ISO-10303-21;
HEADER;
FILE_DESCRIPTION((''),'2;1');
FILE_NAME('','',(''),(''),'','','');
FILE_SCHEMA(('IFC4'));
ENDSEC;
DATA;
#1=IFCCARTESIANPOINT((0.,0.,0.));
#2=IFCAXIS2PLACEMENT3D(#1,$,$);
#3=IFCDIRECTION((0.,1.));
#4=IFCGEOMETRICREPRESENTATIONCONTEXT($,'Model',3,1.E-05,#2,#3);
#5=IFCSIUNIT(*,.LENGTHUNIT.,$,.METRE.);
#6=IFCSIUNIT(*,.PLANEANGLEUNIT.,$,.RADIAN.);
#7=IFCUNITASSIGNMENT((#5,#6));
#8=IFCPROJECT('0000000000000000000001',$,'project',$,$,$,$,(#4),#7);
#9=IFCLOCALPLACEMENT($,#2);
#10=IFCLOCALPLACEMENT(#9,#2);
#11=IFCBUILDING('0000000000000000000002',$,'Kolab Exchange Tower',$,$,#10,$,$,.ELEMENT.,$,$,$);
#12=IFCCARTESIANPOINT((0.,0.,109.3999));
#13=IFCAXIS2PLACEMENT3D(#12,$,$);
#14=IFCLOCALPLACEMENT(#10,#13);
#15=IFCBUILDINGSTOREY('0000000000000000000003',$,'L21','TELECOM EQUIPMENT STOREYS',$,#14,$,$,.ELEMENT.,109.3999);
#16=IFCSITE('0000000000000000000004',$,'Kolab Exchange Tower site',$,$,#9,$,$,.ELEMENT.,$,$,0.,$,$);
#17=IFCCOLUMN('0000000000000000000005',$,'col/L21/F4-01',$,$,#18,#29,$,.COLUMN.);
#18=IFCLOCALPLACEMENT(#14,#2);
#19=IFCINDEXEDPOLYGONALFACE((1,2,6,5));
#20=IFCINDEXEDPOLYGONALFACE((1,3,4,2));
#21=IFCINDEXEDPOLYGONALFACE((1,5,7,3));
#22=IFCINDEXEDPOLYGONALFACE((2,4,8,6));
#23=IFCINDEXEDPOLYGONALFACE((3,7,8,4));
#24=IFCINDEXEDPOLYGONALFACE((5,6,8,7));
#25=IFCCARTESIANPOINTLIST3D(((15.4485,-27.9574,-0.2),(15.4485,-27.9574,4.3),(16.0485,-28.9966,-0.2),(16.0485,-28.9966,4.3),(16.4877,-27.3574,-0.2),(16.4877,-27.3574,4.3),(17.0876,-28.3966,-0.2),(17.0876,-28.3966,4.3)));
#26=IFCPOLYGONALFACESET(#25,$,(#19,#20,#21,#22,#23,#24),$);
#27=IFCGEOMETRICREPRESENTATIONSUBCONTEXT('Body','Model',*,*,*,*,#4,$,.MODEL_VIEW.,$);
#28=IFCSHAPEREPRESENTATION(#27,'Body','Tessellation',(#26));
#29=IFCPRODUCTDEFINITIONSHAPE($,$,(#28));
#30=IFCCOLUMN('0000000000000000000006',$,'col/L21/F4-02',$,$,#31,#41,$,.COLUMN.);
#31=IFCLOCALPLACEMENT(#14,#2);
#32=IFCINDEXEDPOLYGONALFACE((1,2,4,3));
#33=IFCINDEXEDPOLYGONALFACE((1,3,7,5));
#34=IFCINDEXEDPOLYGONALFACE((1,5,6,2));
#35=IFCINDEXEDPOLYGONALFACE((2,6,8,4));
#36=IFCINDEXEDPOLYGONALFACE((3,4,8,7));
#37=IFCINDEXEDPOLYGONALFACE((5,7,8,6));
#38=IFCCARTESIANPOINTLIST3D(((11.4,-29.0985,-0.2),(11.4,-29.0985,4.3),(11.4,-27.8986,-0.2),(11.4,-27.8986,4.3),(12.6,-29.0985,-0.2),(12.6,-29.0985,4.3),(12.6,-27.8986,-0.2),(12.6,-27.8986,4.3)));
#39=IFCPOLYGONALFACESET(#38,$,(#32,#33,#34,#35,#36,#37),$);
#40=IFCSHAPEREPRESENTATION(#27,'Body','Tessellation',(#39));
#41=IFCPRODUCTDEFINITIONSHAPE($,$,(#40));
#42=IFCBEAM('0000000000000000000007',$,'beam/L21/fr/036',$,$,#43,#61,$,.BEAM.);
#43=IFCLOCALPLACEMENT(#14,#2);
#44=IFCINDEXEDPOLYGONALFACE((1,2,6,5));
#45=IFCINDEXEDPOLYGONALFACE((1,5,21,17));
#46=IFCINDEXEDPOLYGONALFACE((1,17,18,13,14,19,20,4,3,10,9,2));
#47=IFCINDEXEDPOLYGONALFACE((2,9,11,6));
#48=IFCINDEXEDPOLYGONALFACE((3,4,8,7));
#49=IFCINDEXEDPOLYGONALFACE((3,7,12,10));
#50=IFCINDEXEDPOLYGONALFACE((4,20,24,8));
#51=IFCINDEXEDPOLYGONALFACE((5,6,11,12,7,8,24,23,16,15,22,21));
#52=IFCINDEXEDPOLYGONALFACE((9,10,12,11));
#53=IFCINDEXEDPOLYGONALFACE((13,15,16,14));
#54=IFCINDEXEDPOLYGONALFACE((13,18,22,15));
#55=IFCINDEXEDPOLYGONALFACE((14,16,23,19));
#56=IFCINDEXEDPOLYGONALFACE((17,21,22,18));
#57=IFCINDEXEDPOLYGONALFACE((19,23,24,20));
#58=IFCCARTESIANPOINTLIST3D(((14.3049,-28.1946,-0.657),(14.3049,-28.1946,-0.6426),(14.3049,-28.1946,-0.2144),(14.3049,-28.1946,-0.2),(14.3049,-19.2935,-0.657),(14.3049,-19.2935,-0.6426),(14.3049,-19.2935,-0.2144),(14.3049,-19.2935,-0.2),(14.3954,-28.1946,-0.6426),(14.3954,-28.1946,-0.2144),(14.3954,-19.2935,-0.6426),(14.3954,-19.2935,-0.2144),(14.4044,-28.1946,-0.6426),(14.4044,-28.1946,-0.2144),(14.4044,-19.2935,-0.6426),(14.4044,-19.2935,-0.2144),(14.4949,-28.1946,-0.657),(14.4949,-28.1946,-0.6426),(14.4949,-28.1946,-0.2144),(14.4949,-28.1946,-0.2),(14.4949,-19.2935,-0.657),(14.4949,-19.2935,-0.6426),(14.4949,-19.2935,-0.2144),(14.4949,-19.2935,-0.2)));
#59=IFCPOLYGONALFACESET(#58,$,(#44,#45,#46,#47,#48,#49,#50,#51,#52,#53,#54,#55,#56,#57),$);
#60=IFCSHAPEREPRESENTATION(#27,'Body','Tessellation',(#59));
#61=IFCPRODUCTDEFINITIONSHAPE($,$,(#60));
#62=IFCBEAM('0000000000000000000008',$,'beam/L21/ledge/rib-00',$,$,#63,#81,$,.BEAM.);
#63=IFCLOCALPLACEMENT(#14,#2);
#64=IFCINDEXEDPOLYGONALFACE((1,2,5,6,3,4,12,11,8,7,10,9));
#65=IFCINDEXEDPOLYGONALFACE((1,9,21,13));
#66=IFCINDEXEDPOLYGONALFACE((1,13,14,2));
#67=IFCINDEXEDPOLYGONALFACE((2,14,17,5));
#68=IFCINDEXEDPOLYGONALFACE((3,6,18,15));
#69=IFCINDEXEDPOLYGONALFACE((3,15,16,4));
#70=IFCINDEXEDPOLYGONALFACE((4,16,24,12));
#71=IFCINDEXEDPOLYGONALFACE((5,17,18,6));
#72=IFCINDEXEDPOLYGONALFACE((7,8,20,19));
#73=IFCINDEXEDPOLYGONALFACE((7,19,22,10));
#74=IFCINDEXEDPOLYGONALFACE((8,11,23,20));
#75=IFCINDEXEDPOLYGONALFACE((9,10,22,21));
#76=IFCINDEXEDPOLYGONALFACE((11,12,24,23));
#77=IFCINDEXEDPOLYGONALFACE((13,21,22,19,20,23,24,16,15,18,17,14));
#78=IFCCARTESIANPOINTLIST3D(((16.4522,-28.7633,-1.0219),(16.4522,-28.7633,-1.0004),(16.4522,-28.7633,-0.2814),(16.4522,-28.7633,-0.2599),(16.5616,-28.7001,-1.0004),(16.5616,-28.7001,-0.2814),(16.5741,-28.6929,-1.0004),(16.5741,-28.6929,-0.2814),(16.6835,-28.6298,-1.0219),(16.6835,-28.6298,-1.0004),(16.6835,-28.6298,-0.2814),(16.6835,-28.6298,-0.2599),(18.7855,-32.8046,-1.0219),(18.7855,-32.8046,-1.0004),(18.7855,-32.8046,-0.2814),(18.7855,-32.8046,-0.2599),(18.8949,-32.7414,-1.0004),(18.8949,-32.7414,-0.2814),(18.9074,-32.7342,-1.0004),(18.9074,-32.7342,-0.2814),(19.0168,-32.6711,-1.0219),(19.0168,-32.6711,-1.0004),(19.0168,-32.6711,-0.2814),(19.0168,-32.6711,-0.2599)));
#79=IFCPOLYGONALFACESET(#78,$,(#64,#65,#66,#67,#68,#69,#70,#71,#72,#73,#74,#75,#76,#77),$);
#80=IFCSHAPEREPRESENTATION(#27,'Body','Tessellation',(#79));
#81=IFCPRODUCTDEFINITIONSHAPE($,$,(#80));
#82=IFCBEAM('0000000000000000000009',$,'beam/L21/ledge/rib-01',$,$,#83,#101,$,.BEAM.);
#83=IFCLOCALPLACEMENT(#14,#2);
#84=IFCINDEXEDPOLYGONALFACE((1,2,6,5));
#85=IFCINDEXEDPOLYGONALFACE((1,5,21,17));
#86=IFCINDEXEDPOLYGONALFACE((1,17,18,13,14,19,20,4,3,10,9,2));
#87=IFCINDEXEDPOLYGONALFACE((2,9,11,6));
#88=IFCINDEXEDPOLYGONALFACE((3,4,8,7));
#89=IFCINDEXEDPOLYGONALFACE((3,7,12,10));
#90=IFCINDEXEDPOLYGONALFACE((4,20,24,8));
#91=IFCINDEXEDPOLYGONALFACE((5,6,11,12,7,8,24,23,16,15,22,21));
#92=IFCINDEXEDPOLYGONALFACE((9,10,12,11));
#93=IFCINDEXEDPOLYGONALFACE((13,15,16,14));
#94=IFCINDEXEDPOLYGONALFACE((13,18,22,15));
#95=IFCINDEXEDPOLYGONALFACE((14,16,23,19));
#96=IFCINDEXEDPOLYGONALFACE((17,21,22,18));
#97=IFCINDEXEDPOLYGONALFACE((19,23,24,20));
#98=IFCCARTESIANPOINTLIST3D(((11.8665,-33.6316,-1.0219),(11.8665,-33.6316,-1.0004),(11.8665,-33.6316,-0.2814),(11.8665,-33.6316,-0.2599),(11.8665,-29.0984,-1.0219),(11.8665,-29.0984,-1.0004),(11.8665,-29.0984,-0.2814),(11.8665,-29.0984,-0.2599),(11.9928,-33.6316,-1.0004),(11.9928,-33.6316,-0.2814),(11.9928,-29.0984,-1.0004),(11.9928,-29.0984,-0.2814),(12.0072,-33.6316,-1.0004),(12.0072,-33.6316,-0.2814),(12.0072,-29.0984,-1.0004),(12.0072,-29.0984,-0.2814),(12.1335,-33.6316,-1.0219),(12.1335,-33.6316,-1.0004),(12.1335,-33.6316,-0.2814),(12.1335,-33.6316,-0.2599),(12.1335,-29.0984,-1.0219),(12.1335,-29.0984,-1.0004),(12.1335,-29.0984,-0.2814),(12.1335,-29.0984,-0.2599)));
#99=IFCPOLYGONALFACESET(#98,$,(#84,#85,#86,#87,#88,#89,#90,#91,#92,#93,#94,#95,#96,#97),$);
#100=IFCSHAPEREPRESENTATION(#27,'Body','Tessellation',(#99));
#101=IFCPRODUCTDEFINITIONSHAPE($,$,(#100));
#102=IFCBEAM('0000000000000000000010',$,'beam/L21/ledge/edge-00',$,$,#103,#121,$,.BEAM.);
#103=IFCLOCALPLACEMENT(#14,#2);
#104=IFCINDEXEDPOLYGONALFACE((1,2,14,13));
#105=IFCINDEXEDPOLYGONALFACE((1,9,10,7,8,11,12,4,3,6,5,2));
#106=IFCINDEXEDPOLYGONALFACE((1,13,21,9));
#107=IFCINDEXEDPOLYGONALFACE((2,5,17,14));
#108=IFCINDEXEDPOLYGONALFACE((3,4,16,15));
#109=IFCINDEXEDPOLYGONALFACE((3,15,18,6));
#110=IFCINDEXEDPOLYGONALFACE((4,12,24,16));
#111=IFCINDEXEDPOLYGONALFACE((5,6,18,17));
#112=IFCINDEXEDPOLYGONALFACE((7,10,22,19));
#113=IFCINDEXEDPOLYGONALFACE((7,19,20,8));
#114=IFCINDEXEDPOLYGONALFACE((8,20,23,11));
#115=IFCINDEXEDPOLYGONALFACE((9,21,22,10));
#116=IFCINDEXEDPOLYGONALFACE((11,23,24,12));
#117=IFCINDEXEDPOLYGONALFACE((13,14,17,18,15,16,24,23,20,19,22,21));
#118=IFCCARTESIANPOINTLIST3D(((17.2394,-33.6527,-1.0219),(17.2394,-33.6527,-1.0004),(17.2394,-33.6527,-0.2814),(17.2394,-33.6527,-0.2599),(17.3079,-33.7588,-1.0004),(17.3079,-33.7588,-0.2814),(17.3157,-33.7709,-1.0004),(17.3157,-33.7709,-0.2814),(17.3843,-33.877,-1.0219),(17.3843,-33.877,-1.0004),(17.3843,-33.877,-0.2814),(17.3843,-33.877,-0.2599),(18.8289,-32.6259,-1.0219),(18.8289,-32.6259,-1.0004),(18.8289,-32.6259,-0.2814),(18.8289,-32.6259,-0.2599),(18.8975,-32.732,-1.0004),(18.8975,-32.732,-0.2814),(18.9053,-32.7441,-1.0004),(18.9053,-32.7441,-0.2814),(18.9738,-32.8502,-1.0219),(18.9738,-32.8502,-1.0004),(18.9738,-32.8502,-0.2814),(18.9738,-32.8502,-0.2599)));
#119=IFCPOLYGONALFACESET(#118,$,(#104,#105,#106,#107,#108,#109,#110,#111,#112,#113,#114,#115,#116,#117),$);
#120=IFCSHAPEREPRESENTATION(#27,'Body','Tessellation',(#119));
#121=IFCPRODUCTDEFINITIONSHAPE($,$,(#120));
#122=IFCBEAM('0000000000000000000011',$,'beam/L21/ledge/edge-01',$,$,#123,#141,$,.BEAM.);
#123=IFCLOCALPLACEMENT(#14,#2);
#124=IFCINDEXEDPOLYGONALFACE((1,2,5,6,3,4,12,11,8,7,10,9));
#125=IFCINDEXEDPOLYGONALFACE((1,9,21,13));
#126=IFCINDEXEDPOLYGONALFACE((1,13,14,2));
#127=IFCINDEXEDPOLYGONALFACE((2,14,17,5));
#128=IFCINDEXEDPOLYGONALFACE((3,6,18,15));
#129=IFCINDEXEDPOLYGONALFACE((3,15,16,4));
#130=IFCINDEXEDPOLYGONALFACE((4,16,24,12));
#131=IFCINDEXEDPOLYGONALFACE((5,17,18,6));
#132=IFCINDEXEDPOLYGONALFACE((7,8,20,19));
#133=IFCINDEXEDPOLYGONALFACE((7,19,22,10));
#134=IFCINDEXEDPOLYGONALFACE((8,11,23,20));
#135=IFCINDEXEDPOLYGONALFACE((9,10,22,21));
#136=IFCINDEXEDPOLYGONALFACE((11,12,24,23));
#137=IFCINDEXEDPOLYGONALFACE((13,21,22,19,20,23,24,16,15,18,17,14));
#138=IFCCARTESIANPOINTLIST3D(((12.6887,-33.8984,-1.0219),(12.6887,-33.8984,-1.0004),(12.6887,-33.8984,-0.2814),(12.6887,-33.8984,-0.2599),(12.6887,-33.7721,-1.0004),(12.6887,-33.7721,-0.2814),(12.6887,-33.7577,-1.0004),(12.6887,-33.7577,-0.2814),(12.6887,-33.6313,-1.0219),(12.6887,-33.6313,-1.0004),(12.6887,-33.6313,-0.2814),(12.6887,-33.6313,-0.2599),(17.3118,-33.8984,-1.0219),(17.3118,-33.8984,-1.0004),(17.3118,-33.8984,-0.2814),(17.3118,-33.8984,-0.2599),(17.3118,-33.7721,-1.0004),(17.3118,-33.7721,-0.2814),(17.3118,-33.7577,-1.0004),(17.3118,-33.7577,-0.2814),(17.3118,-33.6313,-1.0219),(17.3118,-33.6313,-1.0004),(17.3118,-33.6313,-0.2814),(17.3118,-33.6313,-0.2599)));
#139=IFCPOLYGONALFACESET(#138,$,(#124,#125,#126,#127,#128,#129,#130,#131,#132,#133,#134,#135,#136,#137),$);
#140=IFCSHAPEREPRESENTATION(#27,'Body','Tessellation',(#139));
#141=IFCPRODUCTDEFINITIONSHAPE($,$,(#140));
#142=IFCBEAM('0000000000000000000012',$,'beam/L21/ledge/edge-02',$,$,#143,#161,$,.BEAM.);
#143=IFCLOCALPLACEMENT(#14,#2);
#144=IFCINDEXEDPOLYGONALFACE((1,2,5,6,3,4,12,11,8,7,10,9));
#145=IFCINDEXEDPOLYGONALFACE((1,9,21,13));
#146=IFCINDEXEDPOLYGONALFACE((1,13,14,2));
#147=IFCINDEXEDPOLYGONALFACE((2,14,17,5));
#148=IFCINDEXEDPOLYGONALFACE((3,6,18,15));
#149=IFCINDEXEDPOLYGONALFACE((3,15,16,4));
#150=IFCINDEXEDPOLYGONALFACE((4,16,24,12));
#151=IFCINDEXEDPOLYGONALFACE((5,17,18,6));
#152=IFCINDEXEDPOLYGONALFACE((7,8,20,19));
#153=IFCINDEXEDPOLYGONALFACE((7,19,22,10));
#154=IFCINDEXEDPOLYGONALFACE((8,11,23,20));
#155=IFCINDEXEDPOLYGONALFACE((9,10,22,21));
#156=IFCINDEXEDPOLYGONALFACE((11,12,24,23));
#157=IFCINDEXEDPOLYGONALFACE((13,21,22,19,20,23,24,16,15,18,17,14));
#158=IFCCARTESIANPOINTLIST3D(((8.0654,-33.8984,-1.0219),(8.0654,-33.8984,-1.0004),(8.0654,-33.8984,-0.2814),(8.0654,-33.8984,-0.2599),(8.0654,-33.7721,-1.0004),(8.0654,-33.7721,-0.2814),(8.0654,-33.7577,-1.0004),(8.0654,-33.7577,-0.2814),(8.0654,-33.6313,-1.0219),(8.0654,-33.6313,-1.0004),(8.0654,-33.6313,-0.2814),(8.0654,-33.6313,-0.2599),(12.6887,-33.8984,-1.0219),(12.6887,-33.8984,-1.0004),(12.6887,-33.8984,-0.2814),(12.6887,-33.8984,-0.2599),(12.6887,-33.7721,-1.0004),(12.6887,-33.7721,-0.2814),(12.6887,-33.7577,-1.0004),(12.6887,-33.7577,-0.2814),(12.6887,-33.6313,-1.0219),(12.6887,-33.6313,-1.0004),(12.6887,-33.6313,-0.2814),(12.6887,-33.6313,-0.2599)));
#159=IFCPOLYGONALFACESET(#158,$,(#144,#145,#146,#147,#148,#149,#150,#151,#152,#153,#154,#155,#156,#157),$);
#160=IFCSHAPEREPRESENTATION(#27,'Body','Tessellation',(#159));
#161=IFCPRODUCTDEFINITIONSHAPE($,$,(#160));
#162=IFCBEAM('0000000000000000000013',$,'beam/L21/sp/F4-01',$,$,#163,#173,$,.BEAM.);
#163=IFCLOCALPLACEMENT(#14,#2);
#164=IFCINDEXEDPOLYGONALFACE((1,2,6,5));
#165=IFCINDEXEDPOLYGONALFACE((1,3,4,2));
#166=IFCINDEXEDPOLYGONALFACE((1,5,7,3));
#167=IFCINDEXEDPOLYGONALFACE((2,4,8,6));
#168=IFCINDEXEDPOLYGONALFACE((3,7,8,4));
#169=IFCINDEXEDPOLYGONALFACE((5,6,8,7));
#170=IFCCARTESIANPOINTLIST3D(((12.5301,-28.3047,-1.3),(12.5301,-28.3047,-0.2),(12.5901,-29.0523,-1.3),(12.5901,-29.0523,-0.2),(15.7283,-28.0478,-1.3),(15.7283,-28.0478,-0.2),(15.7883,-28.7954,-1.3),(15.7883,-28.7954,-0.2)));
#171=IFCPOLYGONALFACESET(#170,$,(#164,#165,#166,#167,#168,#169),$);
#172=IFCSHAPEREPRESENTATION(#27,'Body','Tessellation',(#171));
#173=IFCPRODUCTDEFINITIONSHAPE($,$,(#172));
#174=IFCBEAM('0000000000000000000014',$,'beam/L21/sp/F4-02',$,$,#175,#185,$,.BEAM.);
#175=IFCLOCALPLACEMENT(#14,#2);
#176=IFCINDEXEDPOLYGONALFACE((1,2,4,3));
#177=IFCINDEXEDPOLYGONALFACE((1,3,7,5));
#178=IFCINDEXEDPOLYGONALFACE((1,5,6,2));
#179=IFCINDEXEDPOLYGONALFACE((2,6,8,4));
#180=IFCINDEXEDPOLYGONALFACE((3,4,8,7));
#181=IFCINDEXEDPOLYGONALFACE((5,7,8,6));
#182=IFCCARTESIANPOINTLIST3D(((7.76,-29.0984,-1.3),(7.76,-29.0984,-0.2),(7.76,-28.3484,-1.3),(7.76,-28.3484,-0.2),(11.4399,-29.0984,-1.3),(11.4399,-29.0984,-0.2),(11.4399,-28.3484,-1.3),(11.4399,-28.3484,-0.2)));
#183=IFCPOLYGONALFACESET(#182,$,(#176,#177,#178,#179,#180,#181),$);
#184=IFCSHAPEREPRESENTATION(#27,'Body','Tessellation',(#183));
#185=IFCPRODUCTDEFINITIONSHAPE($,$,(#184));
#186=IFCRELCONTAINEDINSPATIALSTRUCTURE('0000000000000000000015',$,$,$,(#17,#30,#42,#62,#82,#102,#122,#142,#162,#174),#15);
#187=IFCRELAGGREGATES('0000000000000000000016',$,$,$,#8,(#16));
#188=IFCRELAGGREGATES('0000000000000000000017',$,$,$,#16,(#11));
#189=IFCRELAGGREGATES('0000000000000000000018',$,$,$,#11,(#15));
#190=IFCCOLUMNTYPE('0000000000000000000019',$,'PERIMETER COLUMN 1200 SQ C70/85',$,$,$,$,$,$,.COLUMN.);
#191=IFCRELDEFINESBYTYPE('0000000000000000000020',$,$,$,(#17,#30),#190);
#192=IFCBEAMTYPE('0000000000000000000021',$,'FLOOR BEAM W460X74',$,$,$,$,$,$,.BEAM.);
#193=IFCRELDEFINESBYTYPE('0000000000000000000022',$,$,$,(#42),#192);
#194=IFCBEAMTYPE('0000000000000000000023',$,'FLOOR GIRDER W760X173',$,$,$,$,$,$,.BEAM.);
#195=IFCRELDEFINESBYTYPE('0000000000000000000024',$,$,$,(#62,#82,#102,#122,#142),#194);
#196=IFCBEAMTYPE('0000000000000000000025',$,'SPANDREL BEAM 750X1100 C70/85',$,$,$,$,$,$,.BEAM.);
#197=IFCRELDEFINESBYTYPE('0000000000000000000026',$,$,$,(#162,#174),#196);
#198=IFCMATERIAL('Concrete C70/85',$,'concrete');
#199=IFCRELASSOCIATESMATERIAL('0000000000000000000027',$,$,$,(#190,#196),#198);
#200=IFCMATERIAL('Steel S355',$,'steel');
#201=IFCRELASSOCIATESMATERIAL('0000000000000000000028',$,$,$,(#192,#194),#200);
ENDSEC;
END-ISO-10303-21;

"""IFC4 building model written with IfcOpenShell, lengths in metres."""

from ifc_helpers import new_model, si_unit, direction, frame, origin, origin_2d, place, context, subcontext, project, spatial, rectangle, i_section, extrude, material, material_profile, profile_set, type_object, element, save


model = new_model("IFC4")

# Units and contexts
model_context = context("Model", 3, precision=1e-05, world=origin(), true_north=direction((0.0, 1.0)))
body_context = subcontext(model_context, "Body", "Model", "MODEL_VIEW")
ifc_project = project(units=[si_unit("LENGTHUNIT", "METRE"), si_unit("PLANEANGLEUNIT", "RADIAN")], contexts=[model_context])

# Site, building, storey
site_placement = place(None, origin())
site = spatial("IfcSite", under=ifc_project, at=site_placement, Name="Kolab Exchange Tower site", CompositionType="ELEMENT", RefElevation=0.0)
building_placement = place(site_placement, origin())
building = spatial("IfcBuilding", under=site, at=building_placement, Name="Kolab Exchange Tower", CompositionType="ELEMENT")
storey_placement = place(building_placement, frame((0.0, 0.0, 109.3999)))
storey = spatial("IfcBuildingStorey", under=building, at=storey_placement, Name="L21", Description="TELECOM EQUIPMENT STOREYS", CompositionType="ELEMENT", Elevation=109.3999)

# Columns
ifc_material_1 = material(Name="Concrete C70/85", Category="concrete")
ifc_material_profile_1 = material_profile(ifc_material_1, rectangle(XDim=1.2, YDim=1.2, at=origin_2d()), Name="RC1200")
ifc_profile_set_1 = profile_set([ifc_material_profile_1], Name="Concrete C70/85")
column_type = type_object("IfcColumnType", Name="PERIMETER COLUMN 1200 SQ C70/85", PredefinedType="COLUMN", material=ifc_profile_set_1)
for number, where, z_axis, x_axis, name in (
    (1, (16.2681, -28.177, -0.2), (0.0, 0.0, 1.0), (0.866025, 0.5, 0.0), "col/L21/F4-01"),
    (2, (12.0, -28.4985, -0.2), (0.0, 0.0, 1.0), (1.0, 0.0, 0.0), "col/L21/F4-02"),
):
    element("IfcColumn", number, at=place(storey_placement, frame(where, z_axis=z_axis, x_axis=x_axis)), inside=storey, type_object=column_type, Name=name, PredefinedType="COLUMN", context=body_context, shape_type="SweptSolid", body=[
        extrude(rectangle(XDim=1.2, YDim=1.2, at=origin_2d()), origin(), (0.0, 0.0, 1.0), 4.5),
    ])

# Beams
ifc_material_2 = material(Name="Steel S355", Category="steel")
ifc_material_profile_2 = material_profile(ifc_material_2, i_section(OverallWidth=0.1899, OverallDepth=0.457, WebThickness=0.009, FlangeThickness=0.0144, at=origin_2d()), Name="W460X74")
ifc_profile_set_2 = profile_set([ifc_material_profile_2], Name="Steel S355")
beam_type_1 = type_object("IfcBeamType", Name="FLOOR BEAM W460X74", PredefinedType="BEAM", material=ifc_profile_set_2)
beam_1_placement = place(storey_placement, frame((14.3999, -28.1946, -0.4285), z_axis=(0.0, 1.0, 0.0), x_axis=(-1.0, 0.0, 0.0)))
element("IfcBeam", 3, at=beam_1_placement, inside=storey, type_object=beam_type_1, Name="beam/L21/fr/036", PredefinedType="BEAM", context=body_context, shape_type="SweptSolid", body=[
    extrude(i_section(OverallWidth=0.1899, OverallDepth=0.457, WebThickness=0.009, FlangeThickness=0.0144, at=origin_2d()), origin(), (0.0, 0.0, 1.0), 8.9011),
])
ifc_material_profile_3 = material_profile(ifc_material_2, i_section(OverallWidth=0.2671, OverallDepth=0.762, WebThickness=0.0144, FlangeThickness=0.0215, at=origin_2d()), Name="W760X173")
ifc_profile_set_3 = profile_set([ifc_material_profile_3], Name="Steel S355")
beam_type_2 = type_object("IfcBeamType", Name="FLOOR GIRDER W760X173", PredefinedType="BEAM", material=ifc_profile_set_3)
beam_2_placement = place(storey_placement, frame((16.5679, -28.6965, -0.6409), z_axis=(0.500005, -0.866023, 0.0), x_axis=(0.866023, 0.500005, 0.0)))
element("IfcBeam", 4, at=beam_2_placement, inside=storey, type_object=beam_type_2, Name="beam/L21/ledge/rib-00", PredefinedType="BEAM", context=body_context, shape_type="SweptSolid", body=[
    extrude(i_section(OverallWidth=0.2671, OverallDepth=0.762, WebThickness=0.0144, FlangeThickness=0.0215, at=origin_2d()), origin(), (0.0, 0.0, 1.0), 4.6665),
])
beam_3_placement = place(storey_placement, frame((12.0, -29.0984, -0.6409), z_axis=(0.0, -1.0, 0.0), x_axis=(1.0, 0.0, 0.0)))
element("IfcBeam", 5, at=beam_3_placement, inside=storey, type_object=beam_type_2, Name="beam/L21/ledge/rib-01", PredefinedType="BEAM", context=body_context, shape_type="SweptSolid", body=[
    extrude(i_section(OverallWidth=0.2671, OverallDepth=0.762, WebThickness=0.0144, FlangeThickness=0.0215, at=origin_2d()), origin(), (0.0, 0.0, 1.0), 4.5332),
])
beam_4_placement = place(storey_placement, frame((18.9014, -32.738, -0.6409), z_axis=(-0.839982, -0.542615, 0.0), x_axis=(0.542615, -0.839982, 0.0)))
element("IfcBeam", 6, at=beam_4_placement, inside=storey, type_object=beam_type_2, Name="beam/L21/ledge/edge-00", PredefinedType="BEAM", context=body_context, shape_type="SweptSolid", body=[
    extrude(i_section(OverallWidth=0.2671, OverallDepth=0.762, WebThickness=0.0144, FlangeThickness=0.0215, at=origin_2d()), origin(), (0.0, 0.0, 1.0), 1.8923),
])
beam_5_placement = place(storey_placement, frame((17.3118, -33.7649, -0.6409), z_axis=(-1.0, 0.0, 0.0), x_axis=(0.0, -1.0, 0.0)))
element("IfcBeam", 7, at=beam_5_placement, inside=storey, type_object=beam_type_2, Name="beam/L21/ledge/edge-01", PredefinedType="BEAM", context=body_context, shape_type="SweptSolid", body=[
    extrude(i_section(OverallWidth=0.2671, OverallDepth=0.762, WebThickness=0.0144, FlangeThickness=0.0215, at=origin_2d()), origin(), (0.0, 0.0, 1.0), 4.623),
])
beam_6_placement = place(storey_placement, frame((12.6887, -33.7649, -0.6409), z_axis=(-1.0, 0.0, 0.0), x_axis=(0.0, -1.0, 0.0)))
element("IfcBeam", 8, at=beam_6_placement, inside=storey, type_object=beam_type_2, Name="beam/L21/ledge/edge-02", PredefinedType="BEAM", context=body_context, shape_type="SweptSolid", body=[
    extrude(i_section(OverallWidth=0.2671, OverallDepth=0.762, WebThickness=0.0144, FlangeThickness=0.0215, at=origin_2d()), origin(), (0.0, 0.0, 1.0), 4.6233),
])
ifc_material_profile_4 = material_profile(ifc_material_1, rectangle(XDim=0.75, YDim=1.1001, at=origin_2d()), Name="RC750X1100")
ifc_profile_set_4 = profile_set([ifc_material_profile_4], Name="Concrete C70/85")
beam_type_3 = type_object("IfcBeamType", Name="SPANDREL BEAM 750X1100 C70/85", PredefinedType="BEAM", material=ifc_profile_set_4)
beam_7_placement = place(storey_placement, frame((15.7583, -28.4216, -0.75), z_axis=(-0.996791, -0.080048, 0.0), x_axis=(0.080048, -0.996791, 0.0)))
element("IfcBeam", 9, at=beam_7_placement, inside=storey, type_object=beam_type_3, Name="beam/L21/sp/F4-01", PredefinedType="BEAM", context=body_context, shape_type="SweptSolid", body=[
    extrude(rectangle(XDim=0.75, YDim=1.1001, at=origin_2d()), origin(), (0.0, 0.0, 1.0), 3.2085),
])
beam_8_placement = place(storey_placement, frame((11.4399, -28.7234, -0.75), z_axis=(-1.0, 0.0, 0.0), x_axis=(0.0, -1.0, 0.0)))
element("IfcBeam", 10, at=beam_8_placement, inside=storey, type_object=beam_type_3, Name="beam/L21/sp/F4-02", PredefinedType="BEAM", context=body_context, shape_type="SweptSolid", body=[
    extrude(rectangle(XDim=0.75, YDim=1.1001, at=origin_2d()), origin(), (0.0, 0.0, 1.0), 3.6799),
])

save(model, "model.ifc")
